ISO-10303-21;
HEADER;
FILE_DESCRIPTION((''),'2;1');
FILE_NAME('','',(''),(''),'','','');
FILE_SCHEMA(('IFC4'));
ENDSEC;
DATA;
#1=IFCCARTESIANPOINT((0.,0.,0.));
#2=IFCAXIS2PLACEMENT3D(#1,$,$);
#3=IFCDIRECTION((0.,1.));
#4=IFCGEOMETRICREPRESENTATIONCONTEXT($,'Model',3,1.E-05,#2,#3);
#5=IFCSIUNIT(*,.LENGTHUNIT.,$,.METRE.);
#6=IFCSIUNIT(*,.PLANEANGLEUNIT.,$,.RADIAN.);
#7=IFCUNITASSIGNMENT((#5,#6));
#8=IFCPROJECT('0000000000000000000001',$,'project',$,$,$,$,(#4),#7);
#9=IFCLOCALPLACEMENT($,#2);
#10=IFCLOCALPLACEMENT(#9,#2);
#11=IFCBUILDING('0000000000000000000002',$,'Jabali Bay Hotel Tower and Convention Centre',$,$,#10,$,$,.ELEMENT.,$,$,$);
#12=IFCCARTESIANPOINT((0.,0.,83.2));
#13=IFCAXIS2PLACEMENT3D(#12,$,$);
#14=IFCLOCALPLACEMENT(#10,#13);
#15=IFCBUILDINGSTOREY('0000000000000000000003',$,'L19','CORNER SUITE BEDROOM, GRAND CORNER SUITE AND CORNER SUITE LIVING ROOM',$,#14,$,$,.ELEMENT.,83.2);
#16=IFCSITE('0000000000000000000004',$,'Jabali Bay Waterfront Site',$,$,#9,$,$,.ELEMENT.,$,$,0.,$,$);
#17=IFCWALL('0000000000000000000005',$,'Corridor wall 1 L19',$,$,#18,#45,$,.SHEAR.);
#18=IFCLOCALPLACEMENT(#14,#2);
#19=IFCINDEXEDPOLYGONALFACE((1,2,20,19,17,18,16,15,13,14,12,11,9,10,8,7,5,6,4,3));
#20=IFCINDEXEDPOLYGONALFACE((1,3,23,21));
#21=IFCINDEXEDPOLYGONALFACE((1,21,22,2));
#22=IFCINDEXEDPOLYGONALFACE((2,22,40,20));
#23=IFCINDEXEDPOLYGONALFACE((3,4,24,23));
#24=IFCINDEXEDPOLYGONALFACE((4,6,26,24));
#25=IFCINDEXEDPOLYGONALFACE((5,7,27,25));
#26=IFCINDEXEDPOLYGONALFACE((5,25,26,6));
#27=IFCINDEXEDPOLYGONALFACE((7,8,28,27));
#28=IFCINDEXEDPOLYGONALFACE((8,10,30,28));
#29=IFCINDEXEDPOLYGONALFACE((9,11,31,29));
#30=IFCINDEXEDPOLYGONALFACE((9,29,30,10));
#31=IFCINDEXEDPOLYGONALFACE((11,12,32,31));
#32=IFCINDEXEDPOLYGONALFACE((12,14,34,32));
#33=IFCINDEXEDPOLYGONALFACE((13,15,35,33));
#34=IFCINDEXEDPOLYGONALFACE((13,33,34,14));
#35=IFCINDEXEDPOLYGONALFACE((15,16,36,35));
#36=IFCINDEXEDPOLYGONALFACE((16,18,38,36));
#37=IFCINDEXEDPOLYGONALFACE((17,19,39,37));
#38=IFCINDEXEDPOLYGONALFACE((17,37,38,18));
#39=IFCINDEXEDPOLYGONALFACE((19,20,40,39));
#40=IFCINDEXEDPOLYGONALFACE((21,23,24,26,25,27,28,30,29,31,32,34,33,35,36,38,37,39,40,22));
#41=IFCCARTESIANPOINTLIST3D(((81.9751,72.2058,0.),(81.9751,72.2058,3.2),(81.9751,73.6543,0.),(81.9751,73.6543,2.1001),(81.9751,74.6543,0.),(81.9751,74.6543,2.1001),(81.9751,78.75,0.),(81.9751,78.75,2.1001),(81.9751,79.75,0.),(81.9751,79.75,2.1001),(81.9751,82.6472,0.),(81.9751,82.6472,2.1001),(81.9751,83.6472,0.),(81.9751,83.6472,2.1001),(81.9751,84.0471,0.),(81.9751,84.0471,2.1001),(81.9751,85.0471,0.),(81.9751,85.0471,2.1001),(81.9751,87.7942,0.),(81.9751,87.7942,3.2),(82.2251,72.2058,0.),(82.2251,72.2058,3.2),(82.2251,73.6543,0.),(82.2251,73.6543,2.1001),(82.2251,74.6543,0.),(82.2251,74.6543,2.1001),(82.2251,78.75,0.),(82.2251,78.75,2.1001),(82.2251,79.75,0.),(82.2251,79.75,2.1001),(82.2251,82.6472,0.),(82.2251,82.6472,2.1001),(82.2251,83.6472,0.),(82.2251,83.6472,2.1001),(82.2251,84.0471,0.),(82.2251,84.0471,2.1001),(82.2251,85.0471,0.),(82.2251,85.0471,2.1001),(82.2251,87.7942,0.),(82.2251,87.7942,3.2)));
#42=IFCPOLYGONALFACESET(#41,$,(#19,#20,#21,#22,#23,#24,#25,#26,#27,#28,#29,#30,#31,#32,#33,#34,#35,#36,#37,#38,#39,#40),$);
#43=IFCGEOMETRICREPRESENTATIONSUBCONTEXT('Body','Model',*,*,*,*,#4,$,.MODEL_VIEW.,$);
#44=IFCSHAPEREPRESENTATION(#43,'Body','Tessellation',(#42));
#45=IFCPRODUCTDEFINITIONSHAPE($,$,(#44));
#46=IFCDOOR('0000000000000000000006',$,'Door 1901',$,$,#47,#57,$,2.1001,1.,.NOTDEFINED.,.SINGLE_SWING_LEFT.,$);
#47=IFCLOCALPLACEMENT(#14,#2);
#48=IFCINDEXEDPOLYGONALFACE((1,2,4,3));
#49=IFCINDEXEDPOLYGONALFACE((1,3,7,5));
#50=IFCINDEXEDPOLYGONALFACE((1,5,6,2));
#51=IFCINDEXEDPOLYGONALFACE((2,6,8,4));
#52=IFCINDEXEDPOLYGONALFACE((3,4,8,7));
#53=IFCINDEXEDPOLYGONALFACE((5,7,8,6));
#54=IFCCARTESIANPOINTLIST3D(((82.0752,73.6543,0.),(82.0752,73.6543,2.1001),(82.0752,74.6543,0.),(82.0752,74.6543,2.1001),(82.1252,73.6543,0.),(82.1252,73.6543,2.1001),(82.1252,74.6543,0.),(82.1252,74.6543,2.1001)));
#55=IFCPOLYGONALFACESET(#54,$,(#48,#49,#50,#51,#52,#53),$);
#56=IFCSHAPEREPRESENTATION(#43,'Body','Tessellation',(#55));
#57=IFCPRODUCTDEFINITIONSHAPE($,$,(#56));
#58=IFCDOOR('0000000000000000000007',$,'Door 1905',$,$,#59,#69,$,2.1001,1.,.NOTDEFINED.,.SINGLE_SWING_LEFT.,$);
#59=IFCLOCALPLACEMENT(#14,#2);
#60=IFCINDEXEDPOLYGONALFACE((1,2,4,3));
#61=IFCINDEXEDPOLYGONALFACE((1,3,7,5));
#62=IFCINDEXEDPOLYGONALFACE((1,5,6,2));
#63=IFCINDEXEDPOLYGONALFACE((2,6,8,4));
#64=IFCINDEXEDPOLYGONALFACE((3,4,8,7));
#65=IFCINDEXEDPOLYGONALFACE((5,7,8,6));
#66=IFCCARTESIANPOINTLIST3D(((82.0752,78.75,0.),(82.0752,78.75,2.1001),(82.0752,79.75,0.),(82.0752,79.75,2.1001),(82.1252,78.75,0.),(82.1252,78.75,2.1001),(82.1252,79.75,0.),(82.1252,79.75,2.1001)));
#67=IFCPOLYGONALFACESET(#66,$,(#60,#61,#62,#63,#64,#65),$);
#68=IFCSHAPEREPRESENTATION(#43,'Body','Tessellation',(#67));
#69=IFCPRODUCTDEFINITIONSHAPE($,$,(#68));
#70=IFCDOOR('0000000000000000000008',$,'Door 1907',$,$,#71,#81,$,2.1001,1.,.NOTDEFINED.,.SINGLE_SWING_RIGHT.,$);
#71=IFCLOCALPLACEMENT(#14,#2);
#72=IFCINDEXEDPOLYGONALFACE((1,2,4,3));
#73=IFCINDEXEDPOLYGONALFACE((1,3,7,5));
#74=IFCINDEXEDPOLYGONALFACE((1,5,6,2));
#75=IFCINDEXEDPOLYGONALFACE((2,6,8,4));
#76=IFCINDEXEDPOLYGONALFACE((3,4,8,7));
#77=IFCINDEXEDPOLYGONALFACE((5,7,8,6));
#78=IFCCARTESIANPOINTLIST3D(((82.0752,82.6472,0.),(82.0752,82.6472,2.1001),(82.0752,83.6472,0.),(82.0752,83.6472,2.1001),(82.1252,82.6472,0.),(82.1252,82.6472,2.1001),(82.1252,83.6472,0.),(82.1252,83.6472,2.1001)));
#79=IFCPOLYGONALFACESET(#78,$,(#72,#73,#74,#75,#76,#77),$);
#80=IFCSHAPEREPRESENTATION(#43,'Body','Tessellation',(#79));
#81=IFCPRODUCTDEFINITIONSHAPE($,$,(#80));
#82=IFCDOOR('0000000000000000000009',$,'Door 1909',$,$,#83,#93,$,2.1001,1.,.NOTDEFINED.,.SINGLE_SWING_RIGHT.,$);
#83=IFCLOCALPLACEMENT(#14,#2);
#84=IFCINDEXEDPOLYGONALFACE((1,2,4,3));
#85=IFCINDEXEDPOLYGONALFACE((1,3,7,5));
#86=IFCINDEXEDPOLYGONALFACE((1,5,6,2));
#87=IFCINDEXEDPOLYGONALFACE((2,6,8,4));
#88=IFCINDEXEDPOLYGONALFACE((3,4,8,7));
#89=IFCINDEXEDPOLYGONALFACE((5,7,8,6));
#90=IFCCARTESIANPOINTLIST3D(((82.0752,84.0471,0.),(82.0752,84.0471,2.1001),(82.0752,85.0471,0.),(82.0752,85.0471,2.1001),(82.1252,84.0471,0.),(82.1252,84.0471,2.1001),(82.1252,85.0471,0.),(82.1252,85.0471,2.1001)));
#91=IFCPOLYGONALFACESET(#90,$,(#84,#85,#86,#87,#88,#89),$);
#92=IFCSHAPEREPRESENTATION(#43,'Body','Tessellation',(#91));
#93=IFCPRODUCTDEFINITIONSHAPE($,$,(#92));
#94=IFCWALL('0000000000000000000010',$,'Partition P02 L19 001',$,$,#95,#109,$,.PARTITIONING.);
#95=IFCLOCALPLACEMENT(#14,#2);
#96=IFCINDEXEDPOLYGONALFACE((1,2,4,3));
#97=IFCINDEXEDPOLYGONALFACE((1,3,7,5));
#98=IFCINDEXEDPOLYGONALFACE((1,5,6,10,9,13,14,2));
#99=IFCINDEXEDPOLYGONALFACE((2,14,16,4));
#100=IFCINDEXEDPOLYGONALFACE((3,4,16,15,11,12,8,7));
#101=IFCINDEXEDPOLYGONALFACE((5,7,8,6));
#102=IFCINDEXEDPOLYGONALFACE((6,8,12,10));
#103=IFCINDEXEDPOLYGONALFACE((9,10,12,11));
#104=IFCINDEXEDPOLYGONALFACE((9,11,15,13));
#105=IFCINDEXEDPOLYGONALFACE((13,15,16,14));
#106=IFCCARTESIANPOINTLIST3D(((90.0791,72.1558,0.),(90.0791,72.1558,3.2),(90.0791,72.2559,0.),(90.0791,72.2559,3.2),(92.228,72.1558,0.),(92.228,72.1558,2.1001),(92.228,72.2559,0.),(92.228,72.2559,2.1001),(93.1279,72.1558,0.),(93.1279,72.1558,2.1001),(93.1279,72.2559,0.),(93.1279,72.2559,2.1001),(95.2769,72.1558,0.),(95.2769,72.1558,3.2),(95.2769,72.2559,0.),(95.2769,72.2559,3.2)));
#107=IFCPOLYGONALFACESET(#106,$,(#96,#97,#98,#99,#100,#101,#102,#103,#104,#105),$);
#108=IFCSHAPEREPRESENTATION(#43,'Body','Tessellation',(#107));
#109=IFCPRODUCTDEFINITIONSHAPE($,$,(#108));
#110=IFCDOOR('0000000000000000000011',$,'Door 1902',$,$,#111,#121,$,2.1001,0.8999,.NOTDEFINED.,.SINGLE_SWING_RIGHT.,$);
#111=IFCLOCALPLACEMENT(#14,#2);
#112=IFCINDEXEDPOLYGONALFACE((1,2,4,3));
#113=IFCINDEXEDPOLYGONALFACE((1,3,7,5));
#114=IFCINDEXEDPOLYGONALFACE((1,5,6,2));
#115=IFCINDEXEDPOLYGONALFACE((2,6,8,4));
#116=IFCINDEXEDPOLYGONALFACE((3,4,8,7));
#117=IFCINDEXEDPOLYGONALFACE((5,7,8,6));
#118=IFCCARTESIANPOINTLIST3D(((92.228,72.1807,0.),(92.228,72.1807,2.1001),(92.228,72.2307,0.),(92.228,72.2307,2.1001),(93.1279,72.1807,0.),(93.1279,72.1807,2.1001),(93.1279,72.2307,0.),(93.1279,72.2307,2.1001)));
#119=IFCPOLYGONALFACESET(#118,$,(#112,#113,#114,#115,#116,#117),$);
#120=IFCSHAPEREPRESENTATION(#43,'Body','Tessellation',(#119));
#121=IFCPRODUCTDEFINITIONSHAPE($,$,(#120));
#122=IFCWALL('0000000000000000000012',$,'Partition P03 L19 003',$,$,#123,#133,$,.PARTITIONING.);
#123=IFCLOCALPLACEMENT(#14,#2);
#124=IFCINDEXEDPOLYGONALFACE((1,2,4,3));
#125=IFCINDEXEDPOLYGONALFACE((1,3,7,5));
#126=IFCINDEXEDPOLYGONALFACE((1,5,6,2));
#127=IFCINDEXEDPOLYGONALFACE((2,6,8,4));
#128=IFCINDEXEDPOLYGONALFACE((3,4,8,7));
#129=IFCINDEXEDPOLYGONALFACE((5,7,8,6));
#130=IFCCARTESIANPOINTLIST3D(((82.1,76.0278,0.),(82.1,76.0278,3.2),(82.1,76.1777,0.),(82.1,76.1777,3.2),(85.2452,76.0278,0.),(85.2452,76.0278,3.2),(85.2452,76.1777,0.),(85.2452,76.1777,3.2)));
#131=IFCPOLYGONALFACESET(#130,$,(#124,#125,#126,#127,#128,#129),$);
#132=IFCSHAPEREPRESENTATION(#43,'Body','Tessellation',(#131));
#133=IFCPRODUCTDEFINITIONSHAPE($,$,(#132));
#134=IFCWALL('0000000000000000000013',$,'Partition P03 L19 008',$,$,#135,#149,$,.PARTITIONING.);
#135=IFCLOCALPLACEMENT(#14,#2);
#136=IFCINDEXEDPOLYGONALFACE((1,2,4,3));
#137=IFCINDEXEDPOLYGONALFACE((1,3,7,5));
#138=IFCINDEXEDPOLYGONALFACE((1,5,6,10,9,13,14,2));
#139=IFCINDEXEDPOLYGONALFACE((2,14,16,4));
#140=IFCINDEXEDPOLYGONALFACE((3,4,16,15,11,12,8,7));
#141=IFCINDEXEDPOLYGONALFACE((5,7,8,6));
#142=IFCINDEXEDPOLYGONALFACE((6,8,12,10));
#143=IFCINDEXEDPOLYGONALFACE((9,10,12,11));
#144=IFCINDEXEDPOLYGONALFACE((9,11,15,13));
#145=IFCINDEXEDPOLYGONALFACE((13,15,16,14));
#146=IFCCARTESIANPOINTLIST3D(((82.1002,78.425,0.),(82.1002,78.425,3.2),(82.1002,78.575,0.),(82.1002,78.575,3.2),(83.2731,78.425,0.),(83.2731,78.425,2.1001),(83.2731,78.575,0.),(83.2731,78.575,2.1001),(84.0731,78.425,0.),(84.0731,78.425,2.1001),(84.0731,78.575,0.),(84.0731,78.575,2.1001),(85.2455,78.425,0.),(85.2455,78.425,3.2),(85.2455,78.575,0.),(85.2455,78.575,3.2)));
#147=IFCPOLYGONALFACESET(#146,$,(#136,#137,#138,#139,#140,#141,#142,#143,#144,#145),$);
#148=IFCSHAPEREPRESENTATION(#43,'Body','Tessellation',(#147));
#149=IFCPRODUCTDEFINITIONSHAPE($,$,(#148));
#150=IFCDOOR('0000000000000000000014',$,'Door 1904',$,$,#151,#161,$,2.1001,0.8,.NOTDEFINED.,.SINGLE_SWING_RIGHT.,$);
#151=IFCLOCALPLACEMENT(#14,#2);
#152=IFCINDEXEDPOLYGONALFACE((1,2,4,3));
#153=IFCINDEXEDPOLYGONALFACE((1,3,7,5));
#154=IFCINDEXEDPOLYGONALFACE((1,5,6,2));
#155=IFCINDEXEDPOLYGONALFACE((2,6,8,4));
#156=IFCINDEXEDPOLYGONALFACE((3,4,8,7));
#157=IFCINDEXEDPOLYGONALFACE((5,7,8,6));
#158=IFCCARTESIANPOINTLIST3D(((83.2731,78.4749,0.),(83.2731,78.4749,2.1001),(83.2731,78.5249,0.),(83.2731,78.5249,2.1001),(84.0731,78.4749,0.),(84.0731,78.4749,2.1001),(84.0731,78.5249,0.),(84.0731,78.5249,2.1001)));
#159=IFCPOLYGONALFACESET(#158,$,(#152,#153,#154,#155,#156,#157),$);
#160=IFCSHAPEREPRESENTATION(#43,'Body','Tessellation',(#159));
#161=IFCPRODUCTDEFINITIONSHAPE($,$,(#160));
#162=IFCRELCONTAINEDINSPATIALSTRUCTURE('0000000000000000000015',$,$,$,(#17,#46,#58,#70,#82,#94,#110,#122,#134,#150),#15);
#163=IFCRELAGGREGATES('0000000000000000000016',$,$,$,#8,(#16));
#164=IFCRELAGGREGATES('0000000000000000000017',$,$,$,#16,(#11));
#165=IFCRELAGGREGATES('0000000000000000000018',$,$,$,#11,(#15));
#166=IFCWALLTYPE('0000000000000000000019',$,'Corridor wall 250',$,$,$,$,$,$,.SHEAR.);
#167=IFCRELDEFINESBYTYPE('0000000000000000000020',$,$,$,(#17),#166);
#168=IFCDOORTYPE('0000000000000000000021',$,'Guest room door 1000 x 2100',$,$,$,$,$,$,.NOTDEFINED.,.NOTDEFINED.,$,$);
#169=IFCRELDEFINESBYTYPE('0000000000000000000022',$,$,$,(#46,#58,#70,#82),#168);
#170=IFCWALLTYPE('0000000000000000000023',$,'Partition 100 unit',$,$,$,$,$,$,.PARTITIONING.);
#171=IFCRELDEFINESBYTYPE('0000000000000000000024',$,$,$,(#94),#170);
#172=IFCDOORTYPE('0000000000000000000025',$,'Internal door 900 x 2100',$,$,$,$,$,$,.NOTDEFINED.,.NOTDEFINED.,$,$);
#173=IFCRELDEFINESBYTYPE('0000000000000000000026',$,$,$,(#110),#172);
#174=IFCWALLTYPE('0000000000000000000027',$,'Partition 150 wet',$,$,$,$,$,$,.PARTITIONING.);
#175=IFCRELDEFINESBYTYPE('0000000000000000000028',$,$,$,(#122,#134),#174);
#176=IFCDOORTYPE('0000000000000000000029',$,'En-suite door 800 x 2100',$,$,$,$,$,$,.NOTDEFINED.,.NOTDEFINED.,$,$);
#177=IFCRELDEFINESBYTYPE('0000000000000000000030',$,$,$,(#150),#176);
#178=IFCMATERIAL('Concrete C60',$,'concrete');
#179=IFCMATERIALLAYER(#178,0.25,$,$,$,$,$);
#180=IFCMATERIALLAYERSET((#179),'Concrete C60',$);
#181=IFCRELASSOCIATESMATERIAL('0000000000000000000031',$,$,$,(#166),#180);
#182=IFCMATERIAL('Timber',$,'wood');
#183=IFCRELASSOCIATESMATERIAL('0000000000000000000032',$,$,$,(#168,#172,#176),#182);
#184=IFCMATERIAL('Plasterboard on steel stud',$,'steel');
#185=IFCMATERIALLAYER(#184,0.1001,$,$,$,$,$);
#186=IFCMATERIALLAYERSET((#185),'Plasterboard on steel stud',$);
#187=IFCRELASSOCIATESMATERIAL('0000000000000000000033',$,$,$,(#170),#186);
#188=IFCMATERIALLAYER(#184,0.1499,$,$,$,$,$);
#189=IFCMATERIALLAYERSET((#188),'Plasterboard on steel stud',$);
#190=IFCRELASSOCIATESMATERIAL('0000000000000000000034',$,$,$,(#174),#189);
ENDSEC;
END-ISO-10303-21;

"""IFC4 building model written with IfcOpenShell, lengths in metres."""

from ifc_helpers import new_model, si_unit, direction, frame, frame_2d, origin, place, context, subcontext, project, spatial, rectangle, extrude, material, layer, layer_set, type_object, element, fill, save


model = new_model("IFC4")

# Units and contexts
model_context = context("Model", 3, precision=1e-05, world=origin(), true_north=direction((0.0, 1.0)))
body_context = subcontext(model_context, "Body", "Model", "MODEL_VIEW")
ifc_project = project(units=[si_unit("LENGTHUNIT", "METRE"), si_unit("PLANEANGLEUNIT", "RADIAN")], contexts=[model_context])

# Site, building, storey
site_placement = place(None, origin())
site = spatial("IfcSite", under=ifc_project, at=site_placement, Name="Jabali Bay Waterfront Site", CompositionType="ELEMENT", RefElevation=0.0)
building_placement = place(site_placement, origin())
building = spatial("IfcBuilding", under=site, at=building_placement, Name="Jabali Bay Hotel Tower and Convention Centre", CompositionType="ELEMENT")
storey_placement = place(building_placement, frame((0.0, 0.0, 83.2)))
storey = spatial("IfcBuildingStorey", under=building, at=storey_placement, Name="L19", Description="CORNER SUITE BEDROOM, GRAND CORNER SUITE AND CORNER SUITE LIVING ROOM", CompositionType="ELEMENT", Elevation=83.2)

# Shared definitions
ifc_material_1 = material(Name="Concrete C60", Category="concrete")

# Wall, openings, doors
ifc_layer_1 = layer(ifc_material_1, 0.25)
ifc_layer_set_1 = layer_set([ifc_layer_1], Name="Concrete C60")
wall_type_1 = type_object("IfcWallType", Name="Corridor wall 250", PredefinedType="SHEAR", material=ifc_layer_set_1)
wall_1_placement = place(storey_placement, frame((82.1001, 72.2058, 0.0), z_axis=(0.0, 0.0, 1.0), x_axis=(0.0, 1.0, 0.0)))
wall_1 = element("IfcWall", 1, at=wall_1_placement, inside=storey, type_object=wall_type_1, Name="Corridor wall 1 L19", PredefinedType="SHEAR", context=body_context, shape_type="SweptSolid", body=[
    extrude(rectangle(XDim=15.5884, YDim=0.25, at=frame_2d((7.7942, 0.0))), origin(), (0.0, 0.0, 1.0), 3.2),
])
opening_1_placement = place(wall_1_placement, frame((1.4485, 0.0, 0.0)))
opening_1 = element("IfcOpeningElement", 2, at=opening_1_placement, cuts=wall_1, PredefinedType="OPENING", context=body_context, shape_type="SweptSolid", body=[
    extrude(rectangle(XDim=1.0, YDim=2.1001, at=frame_2d((0.5, 1.05))), frame((0.0, 0.1355, 0.0), z_axis=(0.0, -1.0, 0.0), x_axis=(1.0, 0.0, 0.0)), (0.0, 0.0, 1.0), 0.271),
])
opening_2_placement = place(wall_1_placement, frame((6.5442, 0.0, 0.0)))
opening_2 = element("IfcOpeningElement", 3, at=opening_2_placement, cuts=wall_1, PredefinedType="OPENING", context=body_context, shape_type="SweptSolid", body=[
    extrude(rectangle(XDim=1.0, YDim=2.1001, at=frame_2d((0.5, 1.05))), frame((0.0, 0.1355, 0.0), z_axis=(0.0, -1.0, 0.0), x_axis=(1.0, 0.0, 0.0)), (0.0, 0.0, 1.0), 0.271),
])
opening_3_placement = place(wall_1_placement, frame((10.4414, 0.0, 0.0)))
opening_3 = element("IfcOpeningElement", 4, at=opening_3_placement, cuts=wall_1, PredefinedType="OPENING", context=body_context, shape_type="SweptSolid", body=[
    extrude(rectangle(XDim=1.0, YDim=2.1001, at=frame_2d((0.5, 1.05))), frame((0.0, 0.1355, 0.0), z_axis=(0.0, -1.0, 0.0), x_axis=(1.0, 0.0, 0.0)), (0.0, 0.0, 1.0), 0.271),
])
opening_4_placement = place(wall_1_placement, frame((11.8413, 0.0, 0.0)))
opening_4 = element("IfcOpeningElement", 5, at=opening_4_placement, cuts=wall_1, PredefinedType="OPENING", context=body_context, shape_type="SweptSolid", body=[
    extrude(rectangle(XDim=1.0, YDim=2.1001, at=frame_2d((0.5, 1.05))), frame((0.0, 0.1355, 0.0), z_axis=(0.0, -1.0, 0.0), x_axis=(1.0, 0.0, 0.0)), (0.0, 0.0, 1.0), 0.271),
])
ifc_material_2 = material(Name="Timber", Category="wood")
door_type_1 = type_object("IfcDoorType", Name="Guest room door 1000 x 2100", OperationType="NOTDEFINED", PredefinedType="NOTDEFINED", material=ifc_material_2)
door_1_placement = place(opening_1_placement, origin())
door_1 = element("IfcDoor", 6, at=door_1_placement, inside=storey, type_object=door_type_1, Name="Door 1901", OperationType="SINGLE_SWING_LEFT", OverallHeight=2.1001, OverallWidth=1.0, PredefinedType="NOTDEFINED", context=body_context, shape_type="SweptSolid", body=[
    extrude(rectangle(XDim=1.0, YDim=2.1001, at=frame_2d((0.5, 1.05))), frame((0.0, 0.0249, 0.0), z_axis=(0.0, -1.0, 0.0), x_axis=(1.0, 0.0, 0.0)), (0.0, 0.0, 1.0), 0.05),
])
fill(opening_1, door_1)
door_2_placement = place(opening_2_placement, origin())
door_2 = element("IfcDoor", 7, at=door_2_placement, inside=storey, type_object=door_type_1, Name="Door 1905", OperationType="SINGLE_SWING_LEFT", OverallHeight=2.1001, OverallWidth=1.0, PredefinedType="NOTDEFINED", context=body_context, shape_type="SweptSolid", body=[
    extrude(rectangle(XDim=1.0, YDim=2.1001, at=frame_2d((0.5, 1.05))), frame((0.0, 0.0249, 0.0), z_axis=(0.0, -1.0, 0.0), x_axis=(1.0, 0.0, 0.0)), (0.0, 0.0, 1.0), 0.05),
])
fill(opening_2, door_2)
door_3_placement = place(opening_3_placement, origin())
door_3 = element("IfcDoor", 8, at=door_3_placement, inside=storey, type_object=door_type_1, Name="Door 1907", OperationType="SINGLE_SWING_RIGHT", OverallHeight=2.1001, OverallWidth=1.0, PredefinedType="NOTDEFINED", context=body_context, shape_type="SweptSolid", body=[
    extrude(rectangle(XDim=1.0, YDim=2.1001, at=frame_2d((0.5, 1.05))), frame((0.0, 0.0249, 0.0), z_axis=(0.0, -1.0, 0.0), x_axis=(1.0, 0.0, 0.0)), (0.0, 0.0, 1.0), 0.05),
])
fill(opening_3, door_3)
door_4_placement = place(opening_4_placement, origin())
door_4 = element("IfcDoor", 9, at=door_4_placement, inside=storey, type_object=door_type_1, Name="Door 1909", OperationType="SINGLE_SWING_RIGHT", OverallHeight=2.1001, OverallWidth=1.0, PredefinedType="NOTDEFINED", context=body_context, shape_type="SweptSolid", body=[
    extrude(rectangle(XDim=1.0, YDim=2.1001, at=frame_2d((0.5, 1.05))), frame((0.0, 0.0249, 0.0), z_axis=(0.0, -1.0, 0.0), x_axis=(1.0, 0.0, 0.0)), (0.0, 0.0, 1.0), 0.05),
])
fill(opening_4, door_4)

# Wall, opening, door
ifc_material_3 = material(Name="Plasterboard on steel stud", Category="steel")
ifc_layer_2 = layer(ifc_material_3, 0.1001)
ifc_layer_set_2 = layer_set([ifc_layer_2], Name="Plasterboard on steel stud")
wall_type_2 = type_object("IfcWallType", Name="Partition 100 unit", PredefinedType="PARTITIONING", material=ifc_layer_set_2)
wall_2_placement = place(storey_placement, frame((90.0791, 72.2058, 0.0), z_axis=(0.0, 0.0, 1.0), x_axis=(1.0, 0.0, 0.0)))
wall_2 = element("IfcWall", 10, at=wall_2_placement, inside=storey, type_object=wall_type_2, Name="Partition P02 L19 001", PredefinedType="PARTITIONING", context=body_context, shape_type="SweptSolid", body=[
    extrude(rectangle(XDim=5.1978, YDim=0.1001, at=frame_2d((2.5989, 0.0))), origin(), (0.0, 0.0, 1.0), 3.2),
])
opening_5_placement = place(wall_2_placement, frame((2.1489, 0.0, 0.0)))
opening_5 = element("IfcOpeningElement", 11, at=opening_5_placement, cuts=wall_2, PredefinedType="OPENING", context=body_context, shape_type="SweptSolid", body=[
    extrude(rectangle(XDim=0.8999, YDim=2.1001, at=frame_2d((0.45, 1.05))), frame((0.0, 0.0605, 0.0), z_axis=(0.0, -1.0, 0.0), x_axis=(1.0, 0.0, 0.0)), (0.0, 0.0, 1.0), 0.1211),
])
door_type_2 = type_object("IfcDoorType", Name="Internal door 900 x 2100", OperationType="NOTDEFINED", PredefinedType="NOTDEFINED", material=ifc_material_2)
door_5_placement = place(opening_5_placement, origin())
door_5 = element("IfcDoor", 12, at=door_5_placement, inside=storey, type_object=door_type_2, Name="Door 1902", OperationType="SINGLE_SWING_RIGHT", OverallHeight=2.1001, OverallWidth=0.8999, PredefinedType="NOTDEFINED", context=body_context, shape_type="SweptSolid", body=[
    extrude(rectangle(XDim=0.8999, YDim=2.1001, at=frame_2d((0.45, 1.05))), frame((0.0, 0.0249, 0.0), z_axis=(0.0, -1.0, 0.0), x_axis=(1.0, 0.0, 0.0)), (0.0, 0.0, 1.0), 0.05),
])
fill(opening_5, door_5)

# Wall
ifc_layer_3 = layer(ifc_material_3, 0.1499)
ifc_layer_set_3 = layer_set([ifc_layer_3], Name="Plasterboard on steel stud")
wall_type_3 = type_object("IfcWallType", Name="Partition 150 wet", PredefinedType="PARTITIONING", material=ifc_layer_set_3)
wall_3_placement = place(storey_placement, frame((85.2454, 76.1028, 0.0), z_axis=(0.0, 0.0, 1.0), x_axis=(-1.0, 0.0, 0.0)))
element("IfcWall", 13, at=wall_3_placement, inside=storey, type_object=wall_type_3, Name="Partition P03 L19 003", PredefinedType="PARTITIONING", context=body_context, shape_type="SweptSolid", body=[
    extrude(rectangle(XDim=3.1453, YDim=0.1499, at=frame_2d((1.5728, 0.0))), origin(), (0.0, 0.0, 1.0), 3.2),
])

# Wall, opening, door
wall_4_placement = place(storey_placement, frame((82.1001, 78.5, 0.0), z_axis=(0.0, 0.0, 1.0), x_axis=(1.0, 0.0, 0.0)))
wall_4 = element("IfcWall", 14, at=wall_4_placement, inside=storey, type_object=wall_type_3, Name="Partition P03 L19 008", PredefinedType="PARTITIONING", context=body_context, shape_type="SweptSolid", body=[
    extrude(rectangle(XDim=3.1453, YDim=0.1499, at=frame_2d((1.5728, 0.0))), origin(), (0.0, 0.0, 1.0), 3.2),
])
opening_6_placement = place(wall_4_placement, frame((1.1731, 0.0, 0.0)))
opening_6 = element("IfcOpeningElement", 15, at=opening_6_placement, cuts=wall_4, PredefinedType="OPENING", context=body_context, shape_type="SweptSolid", body=[
    extrude(rectangle(XDim=0.8, YDim=2.1001, at=frame_2d((0.3999, 1.05))), frame((0.0, 0.0854, 0.0), z_axis=(0.0, -1.0, 0.0), x_axis=(1.0, 0.0, 0.0)), (0.0, 0.0, 1.0), 0.1709),
])
door_type_3 = type_object("IfcDoorType", Name="En-suite door 800 x 2100", OperationType="NOTDEFINED", PredefinedType="NOTDEFINED", material=ifc_material_2)
door_6_placement = place(opening_6_placement, origin())
door_6 = element("IfcDoor", 16, at=door_6_placement, inside=storey, type_object=door_type_3, Name="Door 1904", OperationType="SINGLE_SWING_RIGHT", OverallHeight=2.1001, OverallWidth=0.8, PredefinedType="NOTDEFINED", context=body_context, shape_type="SweptSolid", body=[
    extrude(rectangle(XDim=0.8, YDim=2.1001, at=frame_2d((0.3999, 1.05))), frame((0.0, 0.0249, 0.0), z_axis=(0.0, -1.0, 0.0), x_axis=(1.0, 0.0, 0.0)), (0.0, 0.0, 1.0), 0.05),
])
fill(opening_6, door_6)

save(model, "model.ifc")
